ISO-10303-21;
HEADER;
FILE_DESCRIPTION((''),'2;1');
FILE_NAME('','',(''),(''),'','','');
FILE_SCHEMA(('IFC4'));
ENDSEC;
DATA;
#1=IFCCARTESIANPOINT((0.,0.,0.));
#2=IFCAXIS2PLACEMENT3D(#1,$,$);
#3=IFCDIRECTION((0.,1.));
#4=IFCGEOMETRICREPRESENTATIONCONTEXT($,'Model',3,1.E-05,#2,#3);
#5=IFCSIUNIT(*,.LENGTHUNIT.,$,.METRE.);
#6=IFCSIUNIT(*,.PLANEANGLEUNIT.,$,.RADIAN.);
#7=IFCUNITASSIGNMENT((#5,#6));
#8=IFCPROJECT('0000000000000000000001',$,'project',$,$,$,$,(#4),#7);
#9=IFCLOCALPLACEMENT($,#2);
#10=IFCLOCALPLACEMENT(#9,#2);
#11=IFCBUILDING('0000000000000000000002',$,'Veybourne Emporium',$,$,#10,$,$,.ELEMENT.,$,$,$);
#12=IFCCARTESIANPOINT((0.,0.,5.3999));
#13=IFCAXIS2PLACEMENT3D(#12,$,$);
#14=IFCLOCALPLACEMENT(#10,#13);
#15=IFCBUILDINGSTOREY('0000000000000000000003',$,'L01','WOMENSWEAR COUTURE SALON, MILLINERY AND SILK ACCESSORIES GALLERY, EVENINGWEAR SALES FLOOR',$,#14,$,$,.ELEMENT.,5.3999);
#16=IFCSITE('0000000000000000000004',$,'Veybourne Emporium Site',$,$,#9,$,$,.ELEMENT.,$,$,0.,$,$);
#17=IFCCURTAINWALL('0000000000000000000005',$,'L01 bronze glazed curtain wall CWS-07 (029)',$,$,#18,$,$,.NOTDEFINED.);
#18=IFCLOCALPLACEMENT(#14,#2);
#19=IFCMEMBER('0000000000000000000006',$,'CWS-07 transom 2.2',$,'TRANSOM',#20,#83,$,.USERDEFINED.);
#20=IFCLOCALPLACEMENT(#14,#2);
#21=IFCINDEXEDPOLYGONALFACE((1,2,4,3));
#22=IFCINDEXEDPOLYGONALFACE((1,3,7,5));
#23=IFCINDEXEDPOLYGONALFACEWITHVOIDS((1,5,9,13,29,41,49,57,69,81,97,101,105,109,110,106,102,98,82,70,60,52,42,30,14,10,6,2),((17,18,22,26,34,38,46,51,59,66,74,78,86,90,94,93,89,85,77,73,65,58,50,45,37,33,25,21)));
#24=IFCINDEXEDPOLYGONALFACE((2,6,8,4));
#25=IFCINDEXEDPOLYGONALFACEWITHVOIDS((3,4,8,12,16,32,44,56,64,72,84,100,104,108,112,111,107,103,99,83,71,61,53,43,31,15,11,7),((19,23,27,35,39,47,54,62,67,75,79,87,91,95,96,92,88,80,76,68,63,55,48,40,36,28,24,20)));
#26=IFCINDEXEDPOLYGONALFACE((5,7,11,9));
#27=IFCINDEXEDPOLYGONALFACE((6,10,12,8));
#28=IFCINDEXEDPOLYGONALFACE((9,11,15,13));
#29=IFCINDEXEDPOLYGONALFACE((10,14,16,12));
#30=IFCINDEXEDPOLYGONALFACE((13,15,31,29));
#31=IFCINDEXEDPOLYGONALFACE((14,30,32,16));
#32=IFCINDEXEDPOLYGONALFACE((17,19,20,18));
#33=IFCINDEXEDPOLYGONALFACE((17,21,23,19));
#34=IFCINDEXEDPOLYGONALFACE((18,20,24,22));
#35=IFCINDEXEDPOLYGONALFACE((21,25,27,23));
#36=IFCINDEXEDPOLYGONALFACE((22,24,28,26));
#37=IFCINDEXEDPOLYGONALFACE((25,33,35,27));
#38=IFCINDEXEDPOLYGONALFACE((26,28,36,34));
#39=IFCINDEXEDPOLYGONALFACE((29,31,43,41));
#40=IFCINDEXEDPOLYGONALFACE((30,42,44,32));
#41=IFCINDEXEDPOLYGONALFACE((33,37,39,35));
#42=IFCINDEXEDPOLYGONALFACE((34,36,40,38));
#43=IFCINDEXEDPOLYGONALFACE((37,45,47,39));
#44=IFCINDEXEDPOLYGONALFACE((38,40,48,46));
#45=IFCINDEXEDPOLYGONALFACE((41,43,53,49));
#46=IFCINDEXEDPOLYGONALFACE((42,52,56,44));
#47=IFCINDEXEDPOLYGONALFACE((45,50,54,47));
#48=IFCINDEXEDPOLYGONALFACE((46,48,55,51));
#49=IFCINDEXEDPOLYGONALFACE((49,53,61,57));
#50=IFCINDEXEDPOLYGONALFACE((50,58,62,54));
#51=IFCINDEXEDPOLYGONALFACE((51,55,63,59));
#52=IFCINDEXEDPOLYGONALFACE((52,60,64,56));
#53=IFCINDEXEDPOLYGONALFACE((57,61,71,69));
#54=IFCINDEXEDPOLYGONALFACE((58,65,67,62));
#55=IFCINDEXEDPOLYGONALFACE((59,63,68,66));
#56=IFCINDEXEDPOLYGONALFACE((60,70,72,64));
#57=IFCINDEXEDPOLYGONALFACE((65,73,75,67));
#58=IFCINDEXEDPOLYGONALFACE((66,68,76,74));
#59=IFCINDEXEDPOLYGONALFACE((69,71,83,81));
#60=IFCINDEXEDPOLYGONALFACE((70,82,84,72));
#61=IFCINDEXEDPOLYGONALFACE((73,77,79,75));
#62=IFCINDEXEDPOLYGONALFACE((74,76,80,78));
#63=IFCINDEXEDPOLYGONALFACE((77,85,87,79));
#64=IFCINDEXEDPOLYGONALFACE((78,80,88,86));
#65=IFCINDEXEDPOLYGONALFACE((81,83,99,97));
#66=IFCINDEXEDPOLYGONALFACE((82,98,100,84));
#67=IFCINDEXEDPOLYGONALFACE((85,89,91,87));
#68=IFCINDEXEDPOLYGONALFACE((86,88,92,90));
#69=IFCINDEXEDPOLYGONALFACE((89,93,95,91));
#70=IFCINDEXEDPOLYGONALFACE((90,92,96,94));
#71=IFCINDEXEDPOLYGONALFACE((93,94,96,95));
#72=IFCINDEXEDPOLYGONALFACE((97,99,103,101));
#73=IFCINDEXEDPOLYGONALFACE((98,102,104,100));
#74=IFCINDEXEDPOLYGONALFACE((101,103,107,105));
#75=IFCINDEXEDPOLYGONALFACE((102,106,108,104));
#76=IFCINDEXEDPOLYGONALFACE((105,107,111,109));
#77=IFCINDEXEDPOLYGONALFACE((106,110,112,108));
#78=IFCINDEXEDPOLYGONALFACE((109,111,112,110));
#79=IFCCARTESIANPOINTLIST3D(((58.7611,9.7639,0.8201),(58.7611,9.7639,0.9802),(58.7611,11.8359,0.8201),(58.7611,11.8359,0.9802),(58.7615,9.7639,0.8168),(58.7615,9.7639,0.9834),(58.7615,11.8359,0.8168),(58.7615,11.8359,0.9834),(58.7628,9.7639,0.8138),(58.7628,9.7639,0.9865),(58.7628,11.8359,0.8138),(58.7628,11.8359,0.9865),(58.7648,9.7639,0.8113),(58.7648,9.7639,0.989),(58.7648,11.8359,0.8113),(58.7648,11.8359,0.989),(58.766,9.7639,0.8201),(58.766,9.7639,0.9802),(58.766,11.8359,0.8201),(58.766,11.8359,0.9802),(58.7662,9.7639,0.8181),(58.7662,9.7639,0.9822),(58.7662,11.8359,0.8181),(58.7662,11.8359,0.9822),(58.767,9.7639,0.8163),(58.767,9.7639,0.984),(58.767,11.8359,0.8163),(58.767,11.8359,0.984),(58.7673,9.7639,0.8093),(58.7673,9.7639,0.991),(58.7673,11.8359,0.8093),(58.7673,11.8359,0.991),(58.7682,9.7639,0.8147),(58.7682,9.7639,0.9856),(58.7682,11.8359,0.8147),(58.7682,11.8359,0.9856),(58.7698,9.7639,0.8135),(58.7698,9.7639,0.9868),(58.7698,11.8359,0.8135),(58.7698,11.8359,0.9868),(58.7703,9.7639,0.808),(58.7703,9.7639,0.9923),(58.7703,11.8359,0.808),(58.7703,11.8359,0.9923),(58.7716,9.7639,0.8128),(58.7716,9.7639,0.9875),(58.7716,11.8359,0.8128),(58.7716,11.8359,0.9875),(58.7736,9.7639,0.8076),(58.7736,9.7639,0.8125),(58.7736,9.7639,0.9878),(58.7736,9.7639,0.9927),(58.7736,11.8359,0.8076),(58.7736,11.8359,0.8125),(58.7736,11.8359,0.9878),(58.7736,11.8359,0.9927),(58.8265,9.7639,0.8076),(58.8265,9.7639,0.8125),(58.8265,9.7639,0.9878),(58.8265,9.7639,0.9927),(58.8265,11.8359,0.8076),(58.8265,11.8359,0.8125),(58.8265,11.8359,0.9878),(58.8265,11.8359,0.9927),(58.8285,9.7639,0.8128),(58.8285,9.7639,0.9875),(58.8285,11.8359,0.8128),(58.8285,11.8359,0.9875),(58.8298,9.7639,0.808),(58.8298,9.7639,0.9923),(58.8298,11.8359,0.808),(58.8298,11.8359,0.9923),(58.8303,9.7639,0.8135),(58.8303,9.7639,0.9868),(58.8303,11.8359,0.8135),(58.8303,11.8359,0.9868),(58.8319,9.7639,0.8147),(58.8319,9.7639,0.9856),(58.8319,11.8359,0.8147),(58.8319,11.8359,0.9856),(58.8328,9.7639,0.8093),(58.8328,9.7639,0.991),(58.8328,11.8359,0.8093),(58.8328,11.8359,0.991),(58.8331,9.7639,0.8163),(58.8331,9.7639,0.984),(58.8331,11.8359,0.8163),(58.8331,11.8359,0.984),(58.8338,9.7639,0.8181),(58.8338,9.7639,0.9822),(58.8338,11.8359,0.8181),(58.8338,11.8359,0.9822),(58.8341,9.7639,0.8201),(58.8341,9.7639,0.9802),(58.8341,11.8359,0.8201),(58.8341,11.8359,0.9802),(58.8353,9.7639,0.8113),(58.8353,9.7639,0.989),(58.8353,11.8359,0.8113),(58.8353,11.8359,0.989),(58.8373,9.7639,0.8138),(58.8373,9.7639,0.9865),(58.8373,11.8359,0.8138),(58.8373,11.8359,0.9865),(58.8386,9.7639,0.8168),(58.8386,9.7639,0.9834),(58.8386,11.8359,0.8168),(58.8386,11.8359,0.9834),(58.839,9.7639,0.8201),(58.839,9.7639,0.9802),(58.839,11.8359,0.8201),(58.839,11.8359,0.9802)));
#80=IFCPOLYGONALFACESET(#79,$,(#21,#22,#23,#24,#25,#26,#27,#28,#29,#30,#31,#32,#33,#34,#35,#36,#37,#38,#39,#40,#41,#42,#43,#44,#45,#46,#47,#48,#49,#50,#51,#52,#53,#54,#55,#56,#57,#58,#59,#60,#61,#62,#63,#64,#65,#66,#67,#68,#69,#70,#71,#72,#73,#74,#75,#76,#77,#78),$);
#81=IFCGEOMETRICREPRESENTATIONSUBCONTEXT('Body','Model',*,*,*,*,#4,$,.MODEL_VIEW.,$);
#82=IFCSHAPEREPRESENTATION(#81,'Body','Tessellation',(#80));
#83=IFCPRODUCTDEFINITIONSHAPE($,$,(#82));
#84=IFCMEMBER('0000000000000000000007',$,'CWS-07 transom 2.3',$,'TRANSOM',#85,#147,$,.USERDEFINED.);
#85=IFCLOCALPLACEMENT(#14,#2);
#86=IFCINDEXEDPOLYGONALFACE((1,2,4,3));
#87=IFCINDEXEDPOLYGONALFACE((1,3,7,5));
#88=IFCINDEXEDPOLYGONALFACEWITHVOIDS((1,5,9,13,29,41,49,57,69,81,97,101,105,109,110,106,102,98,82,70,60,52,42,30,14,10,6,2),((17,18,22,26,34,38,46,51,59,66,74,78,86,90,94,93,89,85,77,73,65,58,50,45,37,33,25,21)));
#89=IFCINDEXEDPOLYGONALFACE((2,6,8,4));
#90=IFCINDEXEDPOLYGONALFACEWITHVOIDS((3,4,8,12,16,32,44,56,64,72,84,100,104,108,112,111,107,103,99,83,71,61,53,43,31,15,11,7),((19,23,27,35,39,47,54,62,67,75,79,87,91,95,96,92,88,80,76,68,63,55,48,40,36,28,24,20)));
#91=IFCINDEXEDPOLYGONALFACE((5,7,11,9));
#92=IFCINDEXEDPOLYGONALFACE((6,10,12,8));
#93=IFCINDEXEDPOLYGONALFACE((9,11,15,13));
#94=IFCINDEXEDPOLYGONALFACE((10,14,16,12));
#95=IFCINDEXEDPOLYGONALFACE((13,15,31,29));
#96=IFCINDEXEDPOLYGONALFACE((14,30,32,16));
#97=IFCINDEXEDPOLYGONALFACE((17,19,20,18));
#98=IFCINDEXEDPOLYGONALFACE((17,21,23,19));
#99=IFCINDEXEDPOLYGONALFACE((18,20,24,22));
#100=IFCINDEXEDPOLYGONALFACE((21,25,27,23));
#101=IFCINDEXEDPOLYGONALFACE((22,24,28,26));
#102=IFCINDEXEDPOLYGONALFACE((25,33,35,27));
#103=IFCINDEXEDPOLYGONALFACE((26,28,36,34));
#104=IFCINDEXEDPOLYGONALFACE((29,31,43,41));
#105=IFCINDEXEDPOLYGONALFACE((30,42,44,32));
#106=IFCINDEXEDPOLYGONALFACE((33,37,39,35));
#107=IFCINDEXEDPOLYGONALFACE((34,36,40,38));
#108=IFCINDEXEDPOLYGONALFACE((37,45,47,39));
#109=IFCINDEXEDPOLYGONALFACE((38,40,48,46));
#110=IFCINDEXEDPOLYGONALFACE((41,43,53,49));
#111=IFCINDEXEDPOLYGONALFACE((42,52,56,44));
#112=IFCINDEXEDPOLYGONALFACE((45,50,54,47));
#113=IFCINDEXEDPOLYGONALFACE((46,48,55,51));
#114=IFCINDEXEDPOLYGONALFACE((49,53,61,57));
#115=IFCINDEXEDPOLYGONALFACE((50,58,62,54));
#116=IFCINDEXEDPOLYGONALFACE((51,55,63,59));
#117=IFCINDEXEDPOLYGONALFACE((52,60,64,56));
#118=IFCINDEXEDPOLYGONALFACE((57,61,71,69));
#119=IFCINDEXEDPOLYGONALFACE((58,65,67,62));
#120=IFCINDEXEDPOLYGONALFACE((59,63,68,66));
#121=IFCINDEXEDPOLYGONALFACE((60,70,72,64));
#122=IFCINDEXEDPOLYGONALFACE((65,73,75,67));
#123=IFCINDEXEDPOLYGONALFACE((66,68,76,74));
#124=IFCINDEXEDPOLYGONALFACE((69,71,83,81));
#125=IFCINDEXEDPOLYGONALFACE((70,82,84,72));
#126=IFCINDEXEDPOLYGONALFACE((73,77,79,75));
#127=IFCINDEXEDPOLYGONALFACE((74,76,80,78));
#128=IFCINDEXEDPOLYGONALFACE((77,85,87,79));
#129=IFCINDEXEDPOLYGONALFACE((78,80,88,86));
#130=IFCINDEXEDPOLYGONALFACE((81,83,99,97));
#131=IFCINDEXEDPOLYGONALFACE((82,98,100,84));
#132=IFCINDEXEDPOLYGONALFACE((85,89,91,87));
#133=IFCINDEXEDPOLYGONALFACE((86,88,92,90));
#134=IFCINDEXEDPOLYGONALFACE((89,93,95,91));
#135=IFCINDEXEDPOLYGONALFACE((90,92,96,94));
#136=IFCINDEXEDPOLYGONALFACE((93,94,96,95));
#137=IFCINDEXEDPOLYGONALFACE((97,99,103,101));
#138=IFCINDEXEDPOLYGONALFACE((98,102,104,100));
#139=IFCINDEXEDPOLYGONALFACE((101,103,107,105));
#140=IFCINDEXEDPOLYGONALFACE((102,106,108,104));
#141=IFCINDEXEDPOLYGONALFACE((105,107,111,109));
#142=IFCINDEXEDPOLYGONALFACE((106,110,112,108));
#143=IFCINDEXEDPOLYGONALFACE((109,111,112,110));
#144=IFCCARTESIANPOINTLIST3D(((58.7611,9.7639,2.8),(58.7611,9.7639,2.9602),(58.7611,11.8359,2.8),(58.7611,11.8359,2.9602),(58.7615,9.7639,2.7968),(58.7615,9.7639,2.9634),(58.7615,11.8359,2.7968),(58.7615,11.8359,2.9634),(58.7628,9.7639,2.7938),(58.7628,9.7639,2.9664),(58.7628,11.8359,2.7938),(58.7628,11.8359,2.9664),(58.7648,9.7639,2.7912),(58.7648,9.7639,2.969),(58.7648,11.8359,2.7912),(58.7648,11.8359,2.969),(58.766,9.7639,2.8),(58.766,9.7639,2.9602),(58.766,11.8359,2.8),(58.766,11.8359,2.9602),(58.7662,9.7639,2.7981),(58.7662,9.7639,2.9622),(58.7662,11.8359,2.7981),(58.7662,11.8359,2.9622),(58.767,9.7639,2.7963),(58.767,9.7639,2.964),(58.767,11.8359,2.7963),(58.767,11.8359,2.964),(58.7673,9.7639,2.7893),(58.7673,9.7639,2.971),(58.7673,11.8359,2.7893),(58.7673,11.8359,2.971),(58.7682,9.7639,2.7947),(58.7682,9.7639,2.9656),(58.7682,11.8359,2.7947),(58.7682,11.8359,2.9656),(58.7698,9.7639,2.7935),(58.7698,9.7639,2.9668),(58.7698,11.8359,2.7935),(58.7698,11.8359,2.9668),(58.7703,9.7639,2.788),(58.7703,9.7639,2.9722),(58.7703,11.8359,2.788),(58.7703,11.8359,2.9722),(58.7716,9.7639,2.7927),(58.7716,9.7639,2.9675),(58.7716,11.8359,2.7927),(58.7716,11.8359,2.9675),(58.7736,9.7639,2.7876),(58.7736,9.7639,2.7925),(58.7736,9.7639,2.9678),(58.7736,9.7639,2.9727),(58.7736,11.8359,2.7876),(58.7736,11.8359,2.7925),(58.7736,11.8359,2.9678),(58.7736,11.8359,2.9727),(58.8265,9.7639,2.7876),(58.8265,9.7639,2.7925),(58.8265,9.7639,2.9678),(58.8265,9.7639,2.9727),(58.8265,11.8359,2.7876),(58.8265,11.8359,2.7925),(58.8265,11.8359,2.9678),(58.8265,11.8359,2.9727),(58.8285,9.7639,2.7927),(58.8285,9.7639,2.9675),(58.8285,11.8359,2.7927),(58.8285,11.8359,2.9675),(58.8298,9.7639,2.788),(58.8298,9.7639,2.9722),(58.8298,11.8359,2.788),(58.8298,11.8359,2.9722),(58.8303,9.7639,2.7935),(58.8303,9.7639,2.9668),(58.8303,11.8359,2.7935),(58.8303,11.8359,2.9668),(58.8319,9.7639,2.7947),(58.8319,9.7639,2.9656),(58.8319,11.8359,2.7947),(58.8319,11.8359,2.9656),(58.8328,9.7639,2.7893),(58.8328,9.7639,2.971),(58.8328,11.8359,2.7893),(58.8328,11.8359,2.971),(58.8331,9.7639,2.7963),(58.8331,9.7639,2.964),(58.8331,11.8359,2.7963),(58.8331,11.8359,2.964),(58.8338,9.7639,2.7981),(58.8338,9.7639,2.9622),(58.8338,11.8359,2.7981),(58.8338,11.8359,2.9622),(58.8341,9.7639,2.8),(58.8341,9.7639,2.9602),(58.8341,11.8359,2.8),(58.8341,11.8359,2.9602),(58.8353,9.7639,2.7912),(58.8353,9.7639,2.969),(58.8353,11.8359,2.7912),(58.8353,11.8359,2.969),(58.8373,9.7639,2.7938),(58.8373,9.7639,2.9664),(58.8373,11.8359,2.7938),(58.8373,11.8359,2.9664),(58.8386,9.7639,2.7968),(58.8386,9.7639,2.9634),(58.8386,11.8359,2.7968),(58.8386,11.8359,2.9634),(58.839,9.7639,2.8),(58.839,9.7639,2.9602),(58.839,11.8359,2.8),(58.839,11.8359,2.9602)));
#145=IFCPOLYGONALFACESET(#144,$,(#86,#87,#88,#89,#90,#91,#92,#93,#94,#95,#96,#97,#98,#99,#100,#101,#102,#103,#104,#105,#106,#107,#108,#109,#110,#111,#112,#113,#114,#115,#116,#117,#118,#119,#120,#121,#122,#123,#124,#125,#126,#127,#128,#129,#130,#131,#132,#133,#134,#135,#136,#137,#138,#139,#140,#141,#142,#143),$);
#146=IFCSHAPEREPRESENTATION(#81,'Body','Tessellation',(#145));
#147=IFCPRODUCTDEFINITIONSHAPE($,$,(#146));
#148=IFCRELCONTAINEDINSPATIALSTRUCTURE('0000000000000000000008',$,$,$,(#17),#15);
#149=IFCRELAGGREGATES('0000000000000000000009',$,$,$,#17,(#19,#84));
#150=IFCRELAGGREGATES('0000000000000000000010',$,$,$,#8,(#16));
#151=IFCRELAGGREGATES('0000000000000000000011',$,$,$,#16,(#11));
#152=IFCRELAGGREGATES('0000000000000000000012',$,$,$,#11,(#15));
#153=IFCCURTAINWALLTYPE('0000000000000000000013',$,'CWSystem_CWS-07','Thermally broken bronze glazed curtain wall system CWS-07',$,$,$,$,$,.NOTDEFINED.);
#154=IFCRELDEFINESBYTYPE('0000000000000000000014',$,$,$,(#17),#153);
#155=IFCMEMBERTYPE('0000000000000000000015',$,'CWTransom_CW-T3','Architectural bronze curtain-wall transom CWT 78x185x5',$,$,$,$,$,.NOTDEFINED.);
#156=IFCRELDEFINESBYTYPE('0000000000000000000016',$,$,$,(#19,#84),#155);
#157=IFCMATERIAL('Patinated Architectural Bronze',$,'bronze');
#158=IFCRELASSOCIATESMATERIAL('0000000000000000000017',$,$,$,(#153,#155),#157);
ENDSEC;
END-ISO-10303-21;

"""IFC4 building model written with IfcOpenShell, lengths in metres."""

from ifc_helpers import new_model, si_unit, direction, frame, origin, origin_2d, place, context, subcontext, project, spatial, hollow_rectangle, extrude, material, material_profile, profile_set, type_object, element, aggregate, save


model = new_model("IFC4")

# Units and contexts
model_context = context("Model", 3, precision=1e-05, world=origin(), true_north=direction((0.0, 1.0)))
body_context = subcontext(model_context, "Body", "Model", "MODEL_VIEW")
ifc_project = project(units=[si_unit("LENGTHUNIT", "METRE"), si_unit("PLANEANGLEUNIT", "RADIAN")], contexts=[model_context])

# Site, building, storey
site_placement = place(None, origin())
site = spatial("IfcSite", under=ifc_project, at=site_placement, Name="Veybourne Emporium Site", CompositionType="ELEMENT", RefElevation=0.0)
building_placement = place(site_placement, origin())
building = spatial("IfcBuilding", under=site, at=building_placement, Name="Veybourne Emporium", CompositionType="ELEMENT")
storey_placement = place(building_placement, frame((0.0, 0.0, 5.3999)))
storey = spatial("IfcBuildingStorey", under=building, at=storey_placement, Name="L01", Description="WOMENSWEAR COUTURE SALON, MILLINERY AND SILK ACCESSORIES GALLERY, EVENINGWEAR SALES FLOOR", CompositionType="ELEMENT", Elevation=5.3999)

# Curtain wall, members
ifc_material_1 = material(Name="Patinated Architectural Bronze", Category="bronze")
curtain_wall_type = type_object("IfcCurtainWallType", Name="CWSystem_CWS-07", Description="Thermally broken bronze glazed curtain wall system CWS-07", PredefinedType="NOTDEFINED", material=ifc_material_1)
curtain_wall_placement = place(storey_placement, origin())
curtain_wall = element("IfcCurtainWall", 1, at=curtain_wall_placement, inside=storey, type_object=curtain_wall_type, Name="L01 bronze glazed curtain wall CWS-07 (029)", PredefinedType="NOTDEFINED")
ifc_material_profile_1 = material_profile(ifc_material_1, hollow_rectangle(XDim=0.0779, YDim=0.1851, WallThickness=0.0049, InnerFilletRadius=0.0076, OuterFilletRadius=0.0125, at=origin_2d()), Name="CWT 78x185x5")
ifc_profile_set_1 = profile_set([ifc_material_profile_1], Name="Patinated Architectural Bronze")
member_type_1 = type_object("IfcMemberType", Name="CWTransom_CW-T3", Description="Architectural bronze curtain-wall transom CWT 78x185x5", PredefinedType="NOTDEFINED", material=ifc_profile_set_1)
member_1_placement = place(storey_placement, frame((58.8, 11.8359, 0.9001), z_axis=(0.0, -1.0, 0.0), x_axis=(1.0, 0.0, 0.0)))
member_1 = element("IfcMember", 2, at=member_1_placement, type_object=member_type_1, Name="CWS-07 transom 2.2", ObjectType="TRANSOM", PredefinedType="USERDEFINED", context=body_context, shape_type="SweptSolid", body=[
    extrude(hollow_rectangle(XDim=0.0779, YDim=0.1851, WallThickness=0.0049, InnerFilletRadius=0.0076, OuterFilletRadius=0.0125, at=origin_2d()), origin(), (0.0, 0.0, 1.0), 2.072),
])
member_2_placement = place(storey_placement, frame((58.8, 11.8359, 2.8801), z_axis=(0.0, -1.0, 0.0), x_axis=(1.0, 0.0, 0.0)))
member_2 = element("IfcMember", 3, at=member_2_placement, type_object=member_type_1, Name="CWS-07 transom 2.3", ObjectType="TRANSOM", PredefinedType="USERDEFINED", context=body_context, shape_type="SweptSolid", body=[
    extrude(hollow_rectangle(XDim=0.0779, YDim=0.1851, WallThickness=0.0049, InnerFilletRadius=0.0076, OuterFilletRadius=0.0125, at=origin_2d()), origin(), (0.0, 0.0, 1.0), 2.072),
])

aggregate(curtain_wall, [member_1, member_2])

save(model, "model.ifc")
